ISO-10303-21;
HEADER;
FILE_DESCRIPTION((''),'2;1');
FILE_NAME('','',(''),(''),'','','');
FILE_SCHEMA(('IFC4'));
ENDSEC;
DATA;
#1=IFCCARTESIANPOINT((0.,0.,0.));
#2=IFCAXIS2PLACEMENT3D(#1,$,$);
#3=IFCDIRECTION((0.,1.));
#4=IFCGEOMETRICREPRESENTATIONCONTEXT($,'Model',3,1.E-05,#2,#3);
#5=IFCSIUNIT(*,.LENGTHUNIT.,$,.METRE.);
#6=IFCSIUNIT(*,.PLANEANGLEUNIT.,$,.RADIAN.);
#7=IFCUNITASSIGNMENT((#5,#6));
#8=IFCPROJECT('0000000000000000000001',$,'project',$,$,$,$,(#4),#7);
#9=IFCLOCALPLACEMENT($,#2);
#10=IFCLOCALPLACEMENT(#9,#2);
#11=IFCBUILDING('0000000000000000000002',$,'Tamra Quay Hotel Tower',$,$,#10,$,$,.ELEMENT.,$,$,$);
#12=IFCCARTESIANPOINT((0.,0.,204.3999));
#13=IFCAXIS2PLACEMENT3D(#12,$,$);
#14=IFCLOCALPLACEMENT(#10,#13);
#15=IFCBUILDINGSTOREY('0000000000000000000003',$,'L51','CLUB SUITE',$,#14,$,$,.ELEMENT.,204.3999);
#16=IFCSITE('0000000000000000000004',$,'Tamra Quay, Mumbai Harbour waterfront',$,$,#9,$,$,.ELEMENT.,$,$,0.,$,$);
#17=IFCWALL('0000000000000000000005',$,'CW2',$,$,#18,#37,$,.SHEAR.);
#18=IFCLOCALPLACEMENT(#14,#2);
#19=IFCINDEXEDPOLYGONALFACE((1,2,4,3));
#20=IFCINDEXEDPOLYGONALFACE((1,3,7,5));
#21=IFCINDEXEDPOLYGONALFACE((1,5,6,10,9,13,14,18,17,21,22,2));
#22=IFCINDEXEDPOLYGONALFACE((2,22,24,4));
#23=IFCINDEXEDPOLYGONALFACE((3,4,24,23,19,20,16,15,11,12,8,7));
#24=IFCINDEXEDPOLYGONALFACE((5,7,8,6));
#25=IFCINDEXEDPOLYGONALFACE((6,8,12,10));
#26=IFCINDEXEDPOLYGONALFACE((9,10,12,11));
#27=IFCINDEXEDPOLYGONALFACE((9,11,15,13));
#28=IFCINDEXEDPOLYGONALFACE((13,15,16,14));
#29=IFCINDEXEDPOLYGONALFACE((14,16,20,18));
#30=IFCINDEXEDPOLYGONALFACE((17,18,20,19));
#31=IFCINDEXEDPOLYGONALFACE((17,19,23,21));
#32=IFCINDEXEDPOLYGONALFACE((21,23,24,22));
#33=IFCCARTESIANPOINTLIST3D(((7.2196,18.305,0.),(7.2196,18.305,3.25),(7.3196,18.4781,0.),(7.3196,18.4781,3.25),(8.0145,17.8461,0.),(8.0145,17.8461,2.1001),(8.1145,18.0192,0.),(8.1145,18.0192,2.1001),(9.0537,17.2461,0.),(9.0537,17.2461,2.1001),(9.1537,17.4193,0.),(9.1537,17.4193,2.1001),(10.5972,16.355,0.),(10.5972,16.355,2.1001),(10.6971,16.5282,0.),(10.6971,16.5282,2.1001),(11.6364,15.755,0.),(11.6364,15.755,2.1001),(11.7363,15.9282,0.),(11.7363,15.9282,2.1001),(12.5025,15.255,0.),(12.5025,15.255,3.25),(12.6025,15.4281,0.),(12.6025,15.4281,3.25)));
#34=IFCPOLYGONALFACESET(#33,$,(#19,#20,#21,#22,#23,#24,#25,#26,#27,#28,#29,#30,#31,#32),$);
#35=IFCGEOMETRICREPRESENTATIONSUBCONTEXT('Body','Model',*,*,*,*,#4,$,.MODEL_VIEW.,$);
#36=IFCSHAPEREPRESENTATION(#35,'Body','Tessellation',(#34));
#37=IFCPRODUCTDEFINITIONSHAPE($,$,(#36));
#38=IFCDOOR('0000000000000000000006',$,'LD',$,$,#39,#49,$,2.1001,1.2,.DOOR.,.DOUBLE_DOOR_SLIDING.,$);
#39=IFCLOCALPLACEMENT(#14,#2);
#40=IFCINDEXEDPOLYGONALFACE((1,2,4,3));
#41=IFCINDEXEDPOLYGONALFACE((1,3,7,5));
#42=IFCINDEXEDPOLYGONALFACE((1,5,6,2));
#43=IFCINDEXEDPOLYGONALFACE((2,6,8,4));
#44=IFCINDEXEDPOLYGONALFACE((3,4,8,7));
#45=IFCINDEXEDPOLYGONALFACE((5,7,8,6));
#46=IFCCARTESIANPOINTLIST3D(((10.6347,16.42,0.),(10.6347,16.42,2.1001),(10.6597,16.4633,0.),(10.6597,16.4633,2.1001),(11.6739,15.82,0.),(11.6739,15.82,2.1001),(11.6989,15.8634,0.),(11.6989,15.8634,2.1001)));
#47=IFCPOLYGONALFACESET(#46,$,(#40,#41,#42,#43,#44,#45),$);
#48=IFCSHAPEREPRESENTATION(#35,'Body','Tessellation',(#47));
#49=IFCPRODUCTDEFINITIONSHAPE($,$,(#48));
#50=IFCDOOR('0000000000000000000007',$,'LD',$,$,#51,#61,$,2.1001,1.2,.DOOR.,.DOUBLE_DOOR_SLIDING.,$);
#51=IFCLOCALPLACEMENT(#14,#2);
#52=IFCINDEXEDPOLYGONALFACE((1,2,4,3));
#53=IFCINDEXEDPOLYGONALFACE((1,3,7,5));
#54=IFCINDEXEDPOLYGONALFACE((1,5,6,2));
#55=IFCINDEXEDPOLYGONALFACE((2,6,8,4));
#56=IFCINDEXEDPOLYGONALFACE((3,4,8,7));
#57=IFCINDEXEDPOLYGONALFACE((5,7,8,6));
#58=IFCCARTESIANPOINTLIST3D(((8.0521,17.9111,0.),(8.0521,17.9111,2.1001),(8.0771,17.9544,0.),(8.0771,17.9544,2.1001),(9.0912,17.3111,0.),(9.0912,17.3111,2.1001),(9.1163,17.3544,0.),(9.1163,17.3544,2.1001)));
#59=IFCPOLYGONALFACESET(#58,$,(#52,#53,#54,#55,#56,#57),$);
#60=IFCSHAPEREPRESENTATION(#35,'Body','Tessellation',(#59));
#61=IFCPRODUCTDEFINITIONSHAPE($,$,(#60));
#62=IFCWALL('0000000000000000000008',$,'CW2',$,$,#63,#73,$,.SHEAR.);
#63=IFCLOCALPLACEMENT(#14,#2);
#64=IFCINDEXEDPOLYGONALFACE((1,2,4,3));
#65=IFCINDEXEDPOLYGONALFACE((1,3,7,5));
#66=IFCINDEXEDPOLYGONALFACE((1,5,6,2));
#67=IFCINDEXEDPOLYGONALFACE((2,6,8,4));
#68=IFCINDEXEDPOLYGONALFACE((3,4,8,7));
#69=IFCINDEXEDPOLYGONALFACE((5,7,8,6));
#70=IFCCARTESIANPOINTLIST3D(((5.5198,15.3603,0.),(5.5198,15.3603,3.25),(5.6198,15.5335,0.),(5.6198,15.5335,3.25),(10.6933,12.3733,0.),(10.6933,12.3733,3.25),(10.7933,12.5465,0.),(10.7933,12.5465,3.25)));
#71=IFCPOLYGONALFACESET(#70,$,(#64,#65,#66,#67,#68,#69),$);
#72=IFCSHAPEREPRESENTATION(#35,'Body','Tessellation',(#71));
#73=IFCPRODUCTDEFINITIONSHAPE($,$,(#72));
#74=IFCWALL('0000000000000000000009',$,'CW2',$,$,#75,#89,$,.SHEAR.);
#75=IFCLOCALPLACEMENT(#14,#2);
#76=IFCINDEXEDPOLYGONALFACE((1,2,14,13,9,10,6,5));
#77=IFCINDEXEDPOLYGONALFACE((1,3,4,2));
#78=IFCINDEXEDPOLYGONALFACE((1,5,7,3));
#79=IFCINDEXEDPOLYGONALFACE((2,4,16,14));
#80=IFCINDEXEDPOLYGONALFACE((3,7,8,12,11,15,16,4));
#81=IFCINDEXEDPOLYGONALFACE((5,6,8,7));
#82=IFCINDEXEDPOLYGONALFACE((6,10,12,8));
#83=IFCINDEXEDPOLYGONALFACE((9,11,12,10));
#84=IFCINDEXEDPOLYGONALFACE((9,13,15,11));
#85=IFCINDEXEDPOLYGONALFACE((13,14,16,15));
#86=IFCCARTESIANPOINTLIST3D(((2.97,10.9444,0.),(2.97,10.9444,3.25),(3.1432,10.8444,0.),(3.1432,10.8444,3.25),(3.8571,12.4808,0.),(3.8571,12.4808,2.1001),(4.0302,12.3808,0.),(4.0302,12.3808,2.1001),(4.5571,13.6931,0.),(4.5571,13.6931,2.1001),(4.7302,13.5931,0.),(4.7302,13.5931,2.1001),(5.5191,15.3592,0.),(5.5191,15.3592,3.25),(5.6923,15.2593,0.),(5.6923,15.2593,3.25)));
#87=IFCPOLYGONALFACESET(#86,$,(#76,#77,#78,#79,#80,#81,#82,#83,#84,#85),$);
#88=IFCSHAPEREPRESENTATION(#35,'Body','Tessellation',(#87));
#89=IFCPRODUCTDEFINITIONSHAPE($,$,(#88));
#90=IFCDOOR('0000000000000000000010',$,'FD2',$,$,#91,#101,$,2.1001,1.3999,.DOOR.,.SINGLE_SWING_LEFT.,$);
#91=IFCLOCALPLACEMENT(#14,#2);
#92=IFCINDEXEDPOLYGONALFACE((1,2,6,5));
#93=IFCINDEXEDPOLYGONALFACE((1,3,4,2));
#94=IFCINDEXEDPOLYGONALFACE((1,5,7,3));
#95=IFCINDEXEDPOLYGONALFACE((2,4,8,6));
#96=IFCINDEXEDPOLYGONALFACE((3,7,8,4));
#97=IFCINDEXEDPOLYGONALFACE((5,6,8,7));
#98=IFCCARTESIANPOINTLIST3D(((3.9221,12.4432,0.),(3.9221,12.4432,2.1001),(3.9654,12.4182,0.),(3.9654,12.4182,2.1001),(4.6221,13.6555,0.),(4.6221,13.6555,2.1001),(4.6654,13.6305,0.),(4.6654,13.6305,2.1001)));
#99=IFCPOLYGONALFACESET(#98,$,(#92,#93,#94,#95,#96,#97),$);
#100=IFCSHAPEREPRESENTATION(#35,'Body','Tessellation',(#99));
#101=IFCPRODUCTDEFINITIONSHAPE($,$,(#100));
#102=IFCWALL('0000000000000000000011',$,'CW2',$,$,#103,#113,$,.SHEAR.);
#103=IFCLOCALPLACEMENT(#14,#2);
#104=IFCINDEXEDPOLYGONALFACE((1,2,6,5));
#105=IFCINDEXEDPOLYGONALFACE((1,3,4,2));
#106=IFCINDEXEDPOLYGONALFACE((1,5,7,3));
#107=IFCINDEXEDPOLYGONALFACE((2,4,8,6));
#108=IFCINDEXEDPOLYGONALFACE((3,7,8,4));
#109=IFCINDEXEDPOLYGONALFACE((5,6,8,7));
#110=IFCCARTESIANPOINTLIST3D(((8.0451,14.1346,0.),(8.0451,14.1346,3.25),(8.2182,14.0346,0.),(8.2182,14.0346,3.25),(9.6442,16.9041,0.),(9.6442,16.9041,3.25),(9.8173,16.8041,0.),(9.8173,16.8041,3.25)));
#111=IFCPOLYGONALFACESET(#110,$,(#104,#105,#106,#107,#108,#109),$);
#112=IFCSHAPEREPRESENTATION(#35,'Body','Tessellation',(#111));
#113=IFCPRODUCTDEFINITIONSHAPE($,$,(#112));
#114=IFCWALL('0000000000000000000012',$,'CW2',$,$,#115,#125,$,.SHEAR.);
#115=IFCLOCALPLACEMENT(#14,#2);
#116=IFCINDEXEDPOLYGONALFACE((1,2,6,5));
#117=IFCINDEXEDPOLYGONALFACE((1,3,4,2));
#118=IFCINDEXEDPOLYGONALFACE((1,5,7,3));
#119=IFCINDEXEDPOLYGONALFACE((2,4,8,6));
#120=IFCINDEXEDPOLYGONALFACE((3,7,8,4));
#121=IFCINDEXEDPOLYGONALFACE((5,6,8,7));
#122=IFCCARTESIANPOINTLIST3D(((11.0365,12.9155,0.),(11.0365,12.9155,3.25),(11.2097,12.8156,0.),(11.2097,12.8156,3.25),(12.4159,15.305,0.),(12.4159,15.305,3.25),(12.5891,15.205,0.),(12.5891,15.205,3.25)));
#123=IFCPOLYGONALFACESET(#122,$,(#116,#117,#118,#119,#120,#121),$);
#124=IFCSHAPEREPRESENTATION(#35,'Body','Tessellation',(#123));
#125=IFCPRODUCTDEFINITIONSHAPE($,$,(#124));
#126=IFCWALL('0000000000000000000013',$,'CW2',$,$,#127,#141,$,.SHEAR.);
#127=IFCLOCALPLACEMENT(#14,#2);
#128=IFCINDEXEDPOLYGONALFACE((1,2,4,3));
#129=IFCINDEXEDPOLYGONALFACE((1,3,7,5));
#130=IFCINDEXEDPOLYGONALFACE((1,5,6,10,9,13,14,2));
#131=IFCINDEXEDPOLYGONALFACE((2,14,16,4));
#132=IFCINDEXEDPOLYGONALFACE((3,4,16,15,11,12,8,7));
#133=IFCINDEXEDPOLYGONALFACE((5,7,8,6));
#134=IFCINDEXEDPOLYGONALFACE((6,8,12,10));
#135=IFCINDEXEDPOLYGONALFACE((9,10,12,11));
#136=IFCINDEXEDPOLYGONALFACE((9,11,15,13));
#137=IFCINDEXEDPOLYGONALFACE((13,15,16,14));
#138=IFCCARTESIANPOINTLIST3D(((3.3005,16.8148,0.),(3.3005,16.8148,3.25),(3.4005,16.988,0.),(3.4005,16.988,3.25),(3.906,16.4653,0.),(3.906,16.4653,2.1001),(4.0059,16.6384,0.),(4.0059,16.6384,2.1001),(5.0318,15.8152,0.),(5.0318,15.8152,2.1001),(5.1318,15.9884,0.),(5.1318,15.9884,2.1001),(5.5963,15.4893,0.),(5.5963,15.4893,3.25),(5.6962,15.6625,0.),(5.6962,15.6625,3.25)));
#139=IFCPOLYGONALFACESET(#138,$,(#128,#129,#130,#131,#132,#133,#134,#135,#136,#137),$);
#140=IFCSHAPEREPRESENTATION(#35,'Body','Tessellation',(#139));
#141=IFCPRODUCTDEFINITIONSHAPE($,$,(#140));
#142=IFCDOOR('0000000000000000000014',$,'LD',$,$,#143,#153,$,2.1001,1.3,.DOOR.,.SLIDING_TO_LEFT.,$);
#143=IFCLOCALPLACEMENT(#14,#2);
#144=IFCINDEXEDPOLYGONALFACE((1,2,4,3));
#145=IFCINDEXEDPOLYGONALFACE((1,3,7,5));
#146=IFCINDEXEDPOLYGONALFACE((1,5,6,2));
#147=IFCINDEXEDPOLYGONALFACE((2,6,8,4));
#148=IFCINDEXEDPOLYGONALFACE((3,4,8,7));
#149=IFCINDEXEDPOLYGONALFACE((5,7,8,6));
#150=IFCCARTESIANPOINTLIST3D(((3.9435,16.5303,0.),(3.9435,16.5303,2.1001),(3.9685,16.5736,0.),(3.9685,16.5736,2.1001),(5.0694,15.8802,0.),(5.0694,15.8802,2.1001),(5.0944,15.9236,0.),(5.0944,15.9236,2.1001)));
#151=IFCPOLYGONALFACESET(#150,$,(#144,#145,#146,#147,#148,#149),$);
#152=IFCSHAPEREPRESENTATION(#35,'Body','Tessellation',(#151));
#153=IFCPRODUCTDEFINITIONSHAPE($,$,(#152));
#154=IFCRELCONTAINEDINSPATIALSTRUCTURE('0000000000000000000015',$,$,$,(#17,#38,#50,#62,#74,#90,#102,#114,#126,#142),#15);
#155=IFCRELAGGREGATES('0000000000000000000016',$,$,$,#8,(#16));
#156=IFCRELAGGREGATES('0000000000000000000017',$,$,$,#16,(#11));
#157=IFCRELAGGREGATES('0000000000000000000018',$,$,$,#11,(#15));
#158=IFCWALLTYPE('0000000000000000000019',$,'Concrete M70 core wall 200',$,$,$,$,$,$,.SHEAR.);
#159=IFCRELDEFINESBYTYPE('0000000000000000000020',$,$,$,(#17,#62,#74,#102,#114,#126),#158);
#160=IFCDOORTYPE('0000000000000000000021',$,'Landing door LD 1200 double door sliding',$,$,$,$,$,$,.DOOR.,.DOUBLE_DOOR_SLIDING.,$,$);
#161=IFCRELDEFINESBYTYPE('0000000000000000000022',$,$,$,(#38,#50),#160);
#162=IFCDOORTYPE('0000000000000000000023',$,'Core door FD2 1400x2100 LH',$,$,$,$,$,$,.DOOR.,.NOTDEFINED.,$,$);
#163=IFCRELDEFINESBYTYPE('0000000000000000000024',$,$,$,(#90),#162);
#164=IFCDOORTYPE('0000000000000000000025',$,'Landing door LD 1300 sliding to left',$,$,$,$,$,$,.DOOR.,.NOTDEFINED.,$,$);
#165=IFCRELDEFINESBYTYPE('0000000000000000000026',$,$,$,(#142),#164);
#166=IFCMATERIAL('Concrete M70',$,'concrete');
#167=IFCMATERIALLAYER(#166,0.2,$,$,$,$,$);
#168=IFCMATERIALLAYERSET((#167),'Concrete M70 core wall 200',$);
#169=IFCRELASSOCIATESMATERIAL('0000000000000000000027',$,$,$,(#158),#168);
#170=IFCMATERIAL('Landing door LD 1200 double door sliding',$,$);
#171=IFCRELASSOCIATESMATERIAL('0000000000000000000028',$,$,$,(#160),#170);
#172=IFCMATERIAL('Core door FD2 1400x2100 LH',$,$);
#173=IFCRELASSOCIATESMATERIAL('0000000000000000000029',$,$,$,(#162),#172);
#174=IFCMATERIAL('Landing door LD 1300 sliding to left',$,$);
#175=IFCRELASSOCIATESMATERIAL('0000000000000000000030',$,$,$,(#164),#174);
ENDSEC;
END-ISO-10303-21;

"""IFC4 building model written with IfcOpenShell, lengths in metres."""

from ifc_helpers import new_model, si_unit, direction, frame, frame_2d, origin, place, context, subcontext, project, spatial, rectangle, extrude, material, layer, layer_set, type_object, element, fill, save


model = new_model("IFC4")

# Units and contexts
model_context = context("Model", 3, precision=1e-05, world=origin(), true_north=direction((0.0, 1.0)))
body_context = subcontext(model_context, "Body", "Model", "MODEL_VIEW")
ifc_project = project(units=[si_unit("LENGTHUNIT", "METRE"), si_unit("PLANEANGLEUNIT", "RADIAN")], contexts=[model_context])

# Site, building, storey
site_placement = place(None, origin())
site = spatial("IfcSite", under=ifc_project, at=site_placement, Name="Tamra Quay, Mumbai Harbour waterfront", CompositionType="ELEMENT", RefElevation=0.0)
building_placement = place(site_placement, origin())
building = spatial("IfcBuilding", under=site, at=building_placement, Name="Tamra Quay Hotel Tower", CompositionType="ELEMENT")
storey_placement = place(building_placement, frame((0.0, 0.0, 204.3999)))
storey = spatial("IfcBuildingStorey", under=building, at=storey_placement, Name="L51", Description="CLUB SUITE", CompositionType="ELEMENT", Elevation=204.3999)

# Wall, openings, doors
ifc_material_1 = material(Name="Concrete M70", Category="concrete")
ifc_layer_1 = layer(ifc_material_1, 0.2)
ifc_layer_set_1 = layer_set([ifc_layer_1], Name="Concrete M70 core wall 200")
wall_type_1 = type_object("IfcWallType", Name="Concrete M70 core wall 200", PredefinedType="SHEAR", material=ifc_layer_set_1)
wall_1_placement = place(storey_placement, frame((12.5525, 15.3416, 0.0), z_axis=(0.0, 0.0, 1.0), x_axis=(-0.86603, 0.499992, 0.0)))
wall_1 = element("IfcWall", 1, at=wall_1_placement, inside=storey, type_object=wall_type_1, Name="CW2", PredefinedType="SHEAR", context=body_context, shape_type="SweptSolid", body=[
    extrude(rectangle(XDim=6.1001, YDim=0.2, at=frame_2d((3.05, 0.0))), origin(), (0.0, 0.0, 1.0), 3.25),
])
opening_1_placement = place(wall_1_placement, frame((1.0, 0.0, 0.0)))
opening_1 = element("IfcOpeningElement", 2, at=opening_1_placement, cuts=wall_1, PredefinedType="OPENING", context=body_context, shape_type="SweptSolid", body=[
    extrude(rectangle(XDim=1.2, YDim=2.1001, at=frame_2d((0.6001, 1.05))), frame((0.0, 0.1099, 0.0), z_axis=(0.0, -1.0, 0.0), x_axis=(1.0, 0.0, 0.0)), (0.0, 0.0, 1.0), 0.22),
])
opening_2_placement = place(wall_1_placement, frame((3.9822, 0.0, 0.0)))
opening_2 = element("IfcOpeningElement", 3, at=opening_2_placement, cuts=wall_1, PredefinedType="OPENING", context=body_context, shape_type="SweptSolid", body=[
    extrude(rectangle(XDim=1.2, YDim=2.1001, at=frame_2d((0.6001, 1.05))), frame((0.0, 0.1099, 0.0), z_axis=(0.0, -1.0, 0.0), x_axis=(1.0, 0.0, 0.0)), (0.0, 0.0, 1.0), 0.22),
])
ifc_material_2 = material(Name="Landing door LD 1200 double door sliding")
door_type_1 = type_object("IfcDoorType", Name="Landing door LD 1200 double door sliding", OperationType="DOUBLE_DOOR_SLIDING", PredefinedType="DOOR", material=ifc_material_2)
door_1_placement = place(opening_1_placement, origin())
door_1 = element("IfcDoor", 4, at=door_1_placement, inside=storey, type_object=door_type_1, Name="LD", OperationType="DOUBLE_DOOR_SLIDING", OverallHeight=2.1001, OverallWidth=1.2, PredefinedType="DOOR", context=body_context, shape_type="SweptSolid", body=[
    extrude(rectangle(XDim=1.2, YDim=2.1001, at=frame_2d((0.6001, 1.05))), frame((0.0, 0.0249, 0.0), z_axis=(0.0, -1.0, 0.0), x_axis=(1.0, 0.0, 0.0)), (0.0, 0.0, 1.0), 0.05),
])
fill(opening_1, door_1)
door_2_placement = place(opening_2_placement, origin())
door_2 = element("IfcDoor", 5, at=door_2_placement, inside=storey, type_object=door_type_1, Name="LD", OperationType="DOUBLE_DOOR_SLIDING", OverallHeight=2.1001, OverallWidth=1.2, PredefinedType="DOOR", context=body_context, shape_type="SweptSolid", body=[
    extrude(rectangle(XDim=1.2, YDim=2.1001, at=frame_2d((0.6001, 1.05))), frame((0.0, 0.0249, 0.0), z_axis=(0.0, -1.0, 0.0), x_axis=(1.0, 0.0, 0.0)), (0.0, 0.0, 1.0), 0.05),
])
fill(opening_2, door_2)

# Wall
wall_2_placement = place(storey_placement, frame((10.7432, 12.46, 0.0), z_axis=(0.0, 0.0, 1.0), x_axis=(-0.866019, 0.500011, 0.0)))
element("IfcWall", 6, at=wall_2_placement, inside=storey, type_object=wall_type_1, Name="CW2", PredefinedType="SHEAR", context=body_context, shape_type="SweptSolid", body=[
    extrude(rectangle(XDim=5.9739, YDim=0.2, at=frame_2d((2.9868, 0.0))), origin(), (0.0, 0.0, 1.0), 3.25),
])

# Wall, opening, door
wall_3_placement = place(storey_placement, frame((3.0566, 10.8945, 0.0), z_axis=(0.0, 0.0, 1.0), x_axis=(0.500028, 0.866009, 0.0)))
wall_3 = element("IfcWall", 7, at=wall_3_placement, inside=storey, type_object=wall_type_1, Name="CW2", PredefinedType="SHEAR", context=body_context, shape_type="SweptSolid", body=[
    extrude(rectangle(XDim=5.0979, YDim=0.2, at=frame_2d((2.5488, 0.0))), origin(), (0.0, 0.0, 1.0), 3.25),
])
opening_3_placement = place(wall_3_placement, frame((1.7739, 0.0, 0.0)))
opening_3 = element("IfcOpeningElement", 8, at=opening_3_placement, cuts=wall_3, PredefinedType="OPENING", context=body_context, shape_type="SweptSolid", body=[
    extrude(rectangle(XDim=1.3999, YDim=2.1001, at=frame_2d((0.7, 1.05))), frame((0.0, 0.1099, 0.0), z_axis=(0.0, -1.0, 0.0), x_axis=(1.0, 0.0, 0.0)), (0.0, 0.0, 1.0), 0.22),
])
ifc_material_3 = material(Name="Core door FD2 1400x2100 LH")
door_type_2 = type_object("IfcDoorType", Name="Core door FD2 1400x2100 LH", OperationType="NOTDEFINED", PredefinedType="DOOR", material=ifc_material_3)
door_3_placement = place(opening_3_placement, origin())
door_3 = element("IfcDoor", 9, at=door_3_placement, inside=storey, type_object=door_type_2, Name="FD2", OperationType="SINGLE_SWING_LEFT", OverallHeight=2.1001, OverallWidth=1.3999, PredefinedType="DOOR", context=body_context, shape_type="SweptSolid", body=[
    extrude(rectangle(XDim=1.3999, YDim=2.1001, at=frame_2d((0.7, 1.05))), frame((0.0, 0.0249, 0.0), z_axis=(0.0, -1.0, 0.0), x_axis=(1.0, 0.0, 0.0)), (0.0, 0.0, 1.0), 0.05),
])
fill(opening_3, door_3)

# Walls
wall_4_placement = place(storey_placement, frame((8.1316, 14.0845, 0.0), z_axis=(0.0, 0.0, 1.0), x_axis=(0.500031, 0.866008, 0.0)))
element("IfcWall", 10, at=wall_4_placement, inside=storey, type_object=wall_type_1, Name="CW2", PredefinedType="SHEAR", context=body_context, shape_type="SweptSolid", body=[
    extrude(rectangle(XDim=3.198, YDim=0.2, at=frame_2d((1.5991, 0.0))), origin(), (0.0, 0.0, 1.0), 3.25),
])
wall_5_placement = place(storey_placement, frame((12.5024, 15.2549, 0.0), z_axis=(0.0, 0.0, 1.0), x_axis=(-0.499965, -0.866046, 0.0)))
element("IfcWall", 11, at=wall_5_placement, inside=storey, type_object=wall_type_1, Name="CW2", PredefinedType="SHEAR", context=body_context, shape_type="SweptSolid", body=[
    extrude(rectangle(XDim=2.759, YDim=0.2, at=frame_2d((1.3794, 0.0))), origin(), (0.0, 0.0, 1.0), 3.25),
])

# Wall, opening, door
wall_6_placement = place(storey_placement, frame((5.6462, 15.5759, 0.0), z_axis=(0.0, 0.0, 1.0), x_axis=(-0.866018, 0.500012, 0.0)))
wall_6 = element("IfcWall", 12, at=wall_6_placement, inside=storey, type_object=wall_type_1, Name="CW2", PredefinedType="SHEAR", context=body_context, shape_type="SweptSolid", body=[
    extrude(rectangle(XDim=2.6509, YDim=0.2, at=frame_2d((1.3254, 0.0))), origin(), (0.0, 0.0, 1.0), 3.25),
])
opening_4_placement = place(wall_6_placement, frame((0.6519, 0.0, 0.0)))
opening_4 = element("IfcOpeningElement", 13, at=opening_4_placement, cuts=wall_6, PredefinedType="OPENING", context=body_context, shape_type="SweptSolid", body=[
    extrude(rectangle(XDim=1.3, YDim=2.1001, at=frame_2d((0.6499, 1.05))), frame((0.0, 0.1099, 0.0), z_axis=(0.0, -1.0, 0.0), x_axis=(1.0, 0.0, 0.0)), (0.0, 0.0, 1.0), 0.22),
])
ifc_material_4 = material(Name="Landing door LD 1300 sliding to left")
door_type_3 = type_object("IfcDoorType", Name="Landing door LD 1300 sliding to left", OperationType="NOTDEFINED", PredefinedType="DOOR", material=ifc_material_4)
door_4_placement = place(opening_4_placement, origin())
door_4 = element("IfcDoor", 14, at=door_4_placement, inside=storey, type_object=door_type_3, Name="LD", OperationType="SLIDING_TO_LEFT", OverallHeight=2.1001, OverallWidth=1.3, PredefinedType="DOOR", context=body_context, shape_type="SweptSolid", body=[
    extrude(rectangle(XDim=1.3, YDim=2.1001, at=frame_2d((0.6499, 1.05))), frame((0.0, 0.0249, 0.0), z_axis=(0.0, -1.0, 0.0), x_axis=(1.0, 0.0, 0.0)), (0.0, 0.0, 1.0), 0.05),
])
fill(opening_4, door_4)

save(model, "model.ifc")
